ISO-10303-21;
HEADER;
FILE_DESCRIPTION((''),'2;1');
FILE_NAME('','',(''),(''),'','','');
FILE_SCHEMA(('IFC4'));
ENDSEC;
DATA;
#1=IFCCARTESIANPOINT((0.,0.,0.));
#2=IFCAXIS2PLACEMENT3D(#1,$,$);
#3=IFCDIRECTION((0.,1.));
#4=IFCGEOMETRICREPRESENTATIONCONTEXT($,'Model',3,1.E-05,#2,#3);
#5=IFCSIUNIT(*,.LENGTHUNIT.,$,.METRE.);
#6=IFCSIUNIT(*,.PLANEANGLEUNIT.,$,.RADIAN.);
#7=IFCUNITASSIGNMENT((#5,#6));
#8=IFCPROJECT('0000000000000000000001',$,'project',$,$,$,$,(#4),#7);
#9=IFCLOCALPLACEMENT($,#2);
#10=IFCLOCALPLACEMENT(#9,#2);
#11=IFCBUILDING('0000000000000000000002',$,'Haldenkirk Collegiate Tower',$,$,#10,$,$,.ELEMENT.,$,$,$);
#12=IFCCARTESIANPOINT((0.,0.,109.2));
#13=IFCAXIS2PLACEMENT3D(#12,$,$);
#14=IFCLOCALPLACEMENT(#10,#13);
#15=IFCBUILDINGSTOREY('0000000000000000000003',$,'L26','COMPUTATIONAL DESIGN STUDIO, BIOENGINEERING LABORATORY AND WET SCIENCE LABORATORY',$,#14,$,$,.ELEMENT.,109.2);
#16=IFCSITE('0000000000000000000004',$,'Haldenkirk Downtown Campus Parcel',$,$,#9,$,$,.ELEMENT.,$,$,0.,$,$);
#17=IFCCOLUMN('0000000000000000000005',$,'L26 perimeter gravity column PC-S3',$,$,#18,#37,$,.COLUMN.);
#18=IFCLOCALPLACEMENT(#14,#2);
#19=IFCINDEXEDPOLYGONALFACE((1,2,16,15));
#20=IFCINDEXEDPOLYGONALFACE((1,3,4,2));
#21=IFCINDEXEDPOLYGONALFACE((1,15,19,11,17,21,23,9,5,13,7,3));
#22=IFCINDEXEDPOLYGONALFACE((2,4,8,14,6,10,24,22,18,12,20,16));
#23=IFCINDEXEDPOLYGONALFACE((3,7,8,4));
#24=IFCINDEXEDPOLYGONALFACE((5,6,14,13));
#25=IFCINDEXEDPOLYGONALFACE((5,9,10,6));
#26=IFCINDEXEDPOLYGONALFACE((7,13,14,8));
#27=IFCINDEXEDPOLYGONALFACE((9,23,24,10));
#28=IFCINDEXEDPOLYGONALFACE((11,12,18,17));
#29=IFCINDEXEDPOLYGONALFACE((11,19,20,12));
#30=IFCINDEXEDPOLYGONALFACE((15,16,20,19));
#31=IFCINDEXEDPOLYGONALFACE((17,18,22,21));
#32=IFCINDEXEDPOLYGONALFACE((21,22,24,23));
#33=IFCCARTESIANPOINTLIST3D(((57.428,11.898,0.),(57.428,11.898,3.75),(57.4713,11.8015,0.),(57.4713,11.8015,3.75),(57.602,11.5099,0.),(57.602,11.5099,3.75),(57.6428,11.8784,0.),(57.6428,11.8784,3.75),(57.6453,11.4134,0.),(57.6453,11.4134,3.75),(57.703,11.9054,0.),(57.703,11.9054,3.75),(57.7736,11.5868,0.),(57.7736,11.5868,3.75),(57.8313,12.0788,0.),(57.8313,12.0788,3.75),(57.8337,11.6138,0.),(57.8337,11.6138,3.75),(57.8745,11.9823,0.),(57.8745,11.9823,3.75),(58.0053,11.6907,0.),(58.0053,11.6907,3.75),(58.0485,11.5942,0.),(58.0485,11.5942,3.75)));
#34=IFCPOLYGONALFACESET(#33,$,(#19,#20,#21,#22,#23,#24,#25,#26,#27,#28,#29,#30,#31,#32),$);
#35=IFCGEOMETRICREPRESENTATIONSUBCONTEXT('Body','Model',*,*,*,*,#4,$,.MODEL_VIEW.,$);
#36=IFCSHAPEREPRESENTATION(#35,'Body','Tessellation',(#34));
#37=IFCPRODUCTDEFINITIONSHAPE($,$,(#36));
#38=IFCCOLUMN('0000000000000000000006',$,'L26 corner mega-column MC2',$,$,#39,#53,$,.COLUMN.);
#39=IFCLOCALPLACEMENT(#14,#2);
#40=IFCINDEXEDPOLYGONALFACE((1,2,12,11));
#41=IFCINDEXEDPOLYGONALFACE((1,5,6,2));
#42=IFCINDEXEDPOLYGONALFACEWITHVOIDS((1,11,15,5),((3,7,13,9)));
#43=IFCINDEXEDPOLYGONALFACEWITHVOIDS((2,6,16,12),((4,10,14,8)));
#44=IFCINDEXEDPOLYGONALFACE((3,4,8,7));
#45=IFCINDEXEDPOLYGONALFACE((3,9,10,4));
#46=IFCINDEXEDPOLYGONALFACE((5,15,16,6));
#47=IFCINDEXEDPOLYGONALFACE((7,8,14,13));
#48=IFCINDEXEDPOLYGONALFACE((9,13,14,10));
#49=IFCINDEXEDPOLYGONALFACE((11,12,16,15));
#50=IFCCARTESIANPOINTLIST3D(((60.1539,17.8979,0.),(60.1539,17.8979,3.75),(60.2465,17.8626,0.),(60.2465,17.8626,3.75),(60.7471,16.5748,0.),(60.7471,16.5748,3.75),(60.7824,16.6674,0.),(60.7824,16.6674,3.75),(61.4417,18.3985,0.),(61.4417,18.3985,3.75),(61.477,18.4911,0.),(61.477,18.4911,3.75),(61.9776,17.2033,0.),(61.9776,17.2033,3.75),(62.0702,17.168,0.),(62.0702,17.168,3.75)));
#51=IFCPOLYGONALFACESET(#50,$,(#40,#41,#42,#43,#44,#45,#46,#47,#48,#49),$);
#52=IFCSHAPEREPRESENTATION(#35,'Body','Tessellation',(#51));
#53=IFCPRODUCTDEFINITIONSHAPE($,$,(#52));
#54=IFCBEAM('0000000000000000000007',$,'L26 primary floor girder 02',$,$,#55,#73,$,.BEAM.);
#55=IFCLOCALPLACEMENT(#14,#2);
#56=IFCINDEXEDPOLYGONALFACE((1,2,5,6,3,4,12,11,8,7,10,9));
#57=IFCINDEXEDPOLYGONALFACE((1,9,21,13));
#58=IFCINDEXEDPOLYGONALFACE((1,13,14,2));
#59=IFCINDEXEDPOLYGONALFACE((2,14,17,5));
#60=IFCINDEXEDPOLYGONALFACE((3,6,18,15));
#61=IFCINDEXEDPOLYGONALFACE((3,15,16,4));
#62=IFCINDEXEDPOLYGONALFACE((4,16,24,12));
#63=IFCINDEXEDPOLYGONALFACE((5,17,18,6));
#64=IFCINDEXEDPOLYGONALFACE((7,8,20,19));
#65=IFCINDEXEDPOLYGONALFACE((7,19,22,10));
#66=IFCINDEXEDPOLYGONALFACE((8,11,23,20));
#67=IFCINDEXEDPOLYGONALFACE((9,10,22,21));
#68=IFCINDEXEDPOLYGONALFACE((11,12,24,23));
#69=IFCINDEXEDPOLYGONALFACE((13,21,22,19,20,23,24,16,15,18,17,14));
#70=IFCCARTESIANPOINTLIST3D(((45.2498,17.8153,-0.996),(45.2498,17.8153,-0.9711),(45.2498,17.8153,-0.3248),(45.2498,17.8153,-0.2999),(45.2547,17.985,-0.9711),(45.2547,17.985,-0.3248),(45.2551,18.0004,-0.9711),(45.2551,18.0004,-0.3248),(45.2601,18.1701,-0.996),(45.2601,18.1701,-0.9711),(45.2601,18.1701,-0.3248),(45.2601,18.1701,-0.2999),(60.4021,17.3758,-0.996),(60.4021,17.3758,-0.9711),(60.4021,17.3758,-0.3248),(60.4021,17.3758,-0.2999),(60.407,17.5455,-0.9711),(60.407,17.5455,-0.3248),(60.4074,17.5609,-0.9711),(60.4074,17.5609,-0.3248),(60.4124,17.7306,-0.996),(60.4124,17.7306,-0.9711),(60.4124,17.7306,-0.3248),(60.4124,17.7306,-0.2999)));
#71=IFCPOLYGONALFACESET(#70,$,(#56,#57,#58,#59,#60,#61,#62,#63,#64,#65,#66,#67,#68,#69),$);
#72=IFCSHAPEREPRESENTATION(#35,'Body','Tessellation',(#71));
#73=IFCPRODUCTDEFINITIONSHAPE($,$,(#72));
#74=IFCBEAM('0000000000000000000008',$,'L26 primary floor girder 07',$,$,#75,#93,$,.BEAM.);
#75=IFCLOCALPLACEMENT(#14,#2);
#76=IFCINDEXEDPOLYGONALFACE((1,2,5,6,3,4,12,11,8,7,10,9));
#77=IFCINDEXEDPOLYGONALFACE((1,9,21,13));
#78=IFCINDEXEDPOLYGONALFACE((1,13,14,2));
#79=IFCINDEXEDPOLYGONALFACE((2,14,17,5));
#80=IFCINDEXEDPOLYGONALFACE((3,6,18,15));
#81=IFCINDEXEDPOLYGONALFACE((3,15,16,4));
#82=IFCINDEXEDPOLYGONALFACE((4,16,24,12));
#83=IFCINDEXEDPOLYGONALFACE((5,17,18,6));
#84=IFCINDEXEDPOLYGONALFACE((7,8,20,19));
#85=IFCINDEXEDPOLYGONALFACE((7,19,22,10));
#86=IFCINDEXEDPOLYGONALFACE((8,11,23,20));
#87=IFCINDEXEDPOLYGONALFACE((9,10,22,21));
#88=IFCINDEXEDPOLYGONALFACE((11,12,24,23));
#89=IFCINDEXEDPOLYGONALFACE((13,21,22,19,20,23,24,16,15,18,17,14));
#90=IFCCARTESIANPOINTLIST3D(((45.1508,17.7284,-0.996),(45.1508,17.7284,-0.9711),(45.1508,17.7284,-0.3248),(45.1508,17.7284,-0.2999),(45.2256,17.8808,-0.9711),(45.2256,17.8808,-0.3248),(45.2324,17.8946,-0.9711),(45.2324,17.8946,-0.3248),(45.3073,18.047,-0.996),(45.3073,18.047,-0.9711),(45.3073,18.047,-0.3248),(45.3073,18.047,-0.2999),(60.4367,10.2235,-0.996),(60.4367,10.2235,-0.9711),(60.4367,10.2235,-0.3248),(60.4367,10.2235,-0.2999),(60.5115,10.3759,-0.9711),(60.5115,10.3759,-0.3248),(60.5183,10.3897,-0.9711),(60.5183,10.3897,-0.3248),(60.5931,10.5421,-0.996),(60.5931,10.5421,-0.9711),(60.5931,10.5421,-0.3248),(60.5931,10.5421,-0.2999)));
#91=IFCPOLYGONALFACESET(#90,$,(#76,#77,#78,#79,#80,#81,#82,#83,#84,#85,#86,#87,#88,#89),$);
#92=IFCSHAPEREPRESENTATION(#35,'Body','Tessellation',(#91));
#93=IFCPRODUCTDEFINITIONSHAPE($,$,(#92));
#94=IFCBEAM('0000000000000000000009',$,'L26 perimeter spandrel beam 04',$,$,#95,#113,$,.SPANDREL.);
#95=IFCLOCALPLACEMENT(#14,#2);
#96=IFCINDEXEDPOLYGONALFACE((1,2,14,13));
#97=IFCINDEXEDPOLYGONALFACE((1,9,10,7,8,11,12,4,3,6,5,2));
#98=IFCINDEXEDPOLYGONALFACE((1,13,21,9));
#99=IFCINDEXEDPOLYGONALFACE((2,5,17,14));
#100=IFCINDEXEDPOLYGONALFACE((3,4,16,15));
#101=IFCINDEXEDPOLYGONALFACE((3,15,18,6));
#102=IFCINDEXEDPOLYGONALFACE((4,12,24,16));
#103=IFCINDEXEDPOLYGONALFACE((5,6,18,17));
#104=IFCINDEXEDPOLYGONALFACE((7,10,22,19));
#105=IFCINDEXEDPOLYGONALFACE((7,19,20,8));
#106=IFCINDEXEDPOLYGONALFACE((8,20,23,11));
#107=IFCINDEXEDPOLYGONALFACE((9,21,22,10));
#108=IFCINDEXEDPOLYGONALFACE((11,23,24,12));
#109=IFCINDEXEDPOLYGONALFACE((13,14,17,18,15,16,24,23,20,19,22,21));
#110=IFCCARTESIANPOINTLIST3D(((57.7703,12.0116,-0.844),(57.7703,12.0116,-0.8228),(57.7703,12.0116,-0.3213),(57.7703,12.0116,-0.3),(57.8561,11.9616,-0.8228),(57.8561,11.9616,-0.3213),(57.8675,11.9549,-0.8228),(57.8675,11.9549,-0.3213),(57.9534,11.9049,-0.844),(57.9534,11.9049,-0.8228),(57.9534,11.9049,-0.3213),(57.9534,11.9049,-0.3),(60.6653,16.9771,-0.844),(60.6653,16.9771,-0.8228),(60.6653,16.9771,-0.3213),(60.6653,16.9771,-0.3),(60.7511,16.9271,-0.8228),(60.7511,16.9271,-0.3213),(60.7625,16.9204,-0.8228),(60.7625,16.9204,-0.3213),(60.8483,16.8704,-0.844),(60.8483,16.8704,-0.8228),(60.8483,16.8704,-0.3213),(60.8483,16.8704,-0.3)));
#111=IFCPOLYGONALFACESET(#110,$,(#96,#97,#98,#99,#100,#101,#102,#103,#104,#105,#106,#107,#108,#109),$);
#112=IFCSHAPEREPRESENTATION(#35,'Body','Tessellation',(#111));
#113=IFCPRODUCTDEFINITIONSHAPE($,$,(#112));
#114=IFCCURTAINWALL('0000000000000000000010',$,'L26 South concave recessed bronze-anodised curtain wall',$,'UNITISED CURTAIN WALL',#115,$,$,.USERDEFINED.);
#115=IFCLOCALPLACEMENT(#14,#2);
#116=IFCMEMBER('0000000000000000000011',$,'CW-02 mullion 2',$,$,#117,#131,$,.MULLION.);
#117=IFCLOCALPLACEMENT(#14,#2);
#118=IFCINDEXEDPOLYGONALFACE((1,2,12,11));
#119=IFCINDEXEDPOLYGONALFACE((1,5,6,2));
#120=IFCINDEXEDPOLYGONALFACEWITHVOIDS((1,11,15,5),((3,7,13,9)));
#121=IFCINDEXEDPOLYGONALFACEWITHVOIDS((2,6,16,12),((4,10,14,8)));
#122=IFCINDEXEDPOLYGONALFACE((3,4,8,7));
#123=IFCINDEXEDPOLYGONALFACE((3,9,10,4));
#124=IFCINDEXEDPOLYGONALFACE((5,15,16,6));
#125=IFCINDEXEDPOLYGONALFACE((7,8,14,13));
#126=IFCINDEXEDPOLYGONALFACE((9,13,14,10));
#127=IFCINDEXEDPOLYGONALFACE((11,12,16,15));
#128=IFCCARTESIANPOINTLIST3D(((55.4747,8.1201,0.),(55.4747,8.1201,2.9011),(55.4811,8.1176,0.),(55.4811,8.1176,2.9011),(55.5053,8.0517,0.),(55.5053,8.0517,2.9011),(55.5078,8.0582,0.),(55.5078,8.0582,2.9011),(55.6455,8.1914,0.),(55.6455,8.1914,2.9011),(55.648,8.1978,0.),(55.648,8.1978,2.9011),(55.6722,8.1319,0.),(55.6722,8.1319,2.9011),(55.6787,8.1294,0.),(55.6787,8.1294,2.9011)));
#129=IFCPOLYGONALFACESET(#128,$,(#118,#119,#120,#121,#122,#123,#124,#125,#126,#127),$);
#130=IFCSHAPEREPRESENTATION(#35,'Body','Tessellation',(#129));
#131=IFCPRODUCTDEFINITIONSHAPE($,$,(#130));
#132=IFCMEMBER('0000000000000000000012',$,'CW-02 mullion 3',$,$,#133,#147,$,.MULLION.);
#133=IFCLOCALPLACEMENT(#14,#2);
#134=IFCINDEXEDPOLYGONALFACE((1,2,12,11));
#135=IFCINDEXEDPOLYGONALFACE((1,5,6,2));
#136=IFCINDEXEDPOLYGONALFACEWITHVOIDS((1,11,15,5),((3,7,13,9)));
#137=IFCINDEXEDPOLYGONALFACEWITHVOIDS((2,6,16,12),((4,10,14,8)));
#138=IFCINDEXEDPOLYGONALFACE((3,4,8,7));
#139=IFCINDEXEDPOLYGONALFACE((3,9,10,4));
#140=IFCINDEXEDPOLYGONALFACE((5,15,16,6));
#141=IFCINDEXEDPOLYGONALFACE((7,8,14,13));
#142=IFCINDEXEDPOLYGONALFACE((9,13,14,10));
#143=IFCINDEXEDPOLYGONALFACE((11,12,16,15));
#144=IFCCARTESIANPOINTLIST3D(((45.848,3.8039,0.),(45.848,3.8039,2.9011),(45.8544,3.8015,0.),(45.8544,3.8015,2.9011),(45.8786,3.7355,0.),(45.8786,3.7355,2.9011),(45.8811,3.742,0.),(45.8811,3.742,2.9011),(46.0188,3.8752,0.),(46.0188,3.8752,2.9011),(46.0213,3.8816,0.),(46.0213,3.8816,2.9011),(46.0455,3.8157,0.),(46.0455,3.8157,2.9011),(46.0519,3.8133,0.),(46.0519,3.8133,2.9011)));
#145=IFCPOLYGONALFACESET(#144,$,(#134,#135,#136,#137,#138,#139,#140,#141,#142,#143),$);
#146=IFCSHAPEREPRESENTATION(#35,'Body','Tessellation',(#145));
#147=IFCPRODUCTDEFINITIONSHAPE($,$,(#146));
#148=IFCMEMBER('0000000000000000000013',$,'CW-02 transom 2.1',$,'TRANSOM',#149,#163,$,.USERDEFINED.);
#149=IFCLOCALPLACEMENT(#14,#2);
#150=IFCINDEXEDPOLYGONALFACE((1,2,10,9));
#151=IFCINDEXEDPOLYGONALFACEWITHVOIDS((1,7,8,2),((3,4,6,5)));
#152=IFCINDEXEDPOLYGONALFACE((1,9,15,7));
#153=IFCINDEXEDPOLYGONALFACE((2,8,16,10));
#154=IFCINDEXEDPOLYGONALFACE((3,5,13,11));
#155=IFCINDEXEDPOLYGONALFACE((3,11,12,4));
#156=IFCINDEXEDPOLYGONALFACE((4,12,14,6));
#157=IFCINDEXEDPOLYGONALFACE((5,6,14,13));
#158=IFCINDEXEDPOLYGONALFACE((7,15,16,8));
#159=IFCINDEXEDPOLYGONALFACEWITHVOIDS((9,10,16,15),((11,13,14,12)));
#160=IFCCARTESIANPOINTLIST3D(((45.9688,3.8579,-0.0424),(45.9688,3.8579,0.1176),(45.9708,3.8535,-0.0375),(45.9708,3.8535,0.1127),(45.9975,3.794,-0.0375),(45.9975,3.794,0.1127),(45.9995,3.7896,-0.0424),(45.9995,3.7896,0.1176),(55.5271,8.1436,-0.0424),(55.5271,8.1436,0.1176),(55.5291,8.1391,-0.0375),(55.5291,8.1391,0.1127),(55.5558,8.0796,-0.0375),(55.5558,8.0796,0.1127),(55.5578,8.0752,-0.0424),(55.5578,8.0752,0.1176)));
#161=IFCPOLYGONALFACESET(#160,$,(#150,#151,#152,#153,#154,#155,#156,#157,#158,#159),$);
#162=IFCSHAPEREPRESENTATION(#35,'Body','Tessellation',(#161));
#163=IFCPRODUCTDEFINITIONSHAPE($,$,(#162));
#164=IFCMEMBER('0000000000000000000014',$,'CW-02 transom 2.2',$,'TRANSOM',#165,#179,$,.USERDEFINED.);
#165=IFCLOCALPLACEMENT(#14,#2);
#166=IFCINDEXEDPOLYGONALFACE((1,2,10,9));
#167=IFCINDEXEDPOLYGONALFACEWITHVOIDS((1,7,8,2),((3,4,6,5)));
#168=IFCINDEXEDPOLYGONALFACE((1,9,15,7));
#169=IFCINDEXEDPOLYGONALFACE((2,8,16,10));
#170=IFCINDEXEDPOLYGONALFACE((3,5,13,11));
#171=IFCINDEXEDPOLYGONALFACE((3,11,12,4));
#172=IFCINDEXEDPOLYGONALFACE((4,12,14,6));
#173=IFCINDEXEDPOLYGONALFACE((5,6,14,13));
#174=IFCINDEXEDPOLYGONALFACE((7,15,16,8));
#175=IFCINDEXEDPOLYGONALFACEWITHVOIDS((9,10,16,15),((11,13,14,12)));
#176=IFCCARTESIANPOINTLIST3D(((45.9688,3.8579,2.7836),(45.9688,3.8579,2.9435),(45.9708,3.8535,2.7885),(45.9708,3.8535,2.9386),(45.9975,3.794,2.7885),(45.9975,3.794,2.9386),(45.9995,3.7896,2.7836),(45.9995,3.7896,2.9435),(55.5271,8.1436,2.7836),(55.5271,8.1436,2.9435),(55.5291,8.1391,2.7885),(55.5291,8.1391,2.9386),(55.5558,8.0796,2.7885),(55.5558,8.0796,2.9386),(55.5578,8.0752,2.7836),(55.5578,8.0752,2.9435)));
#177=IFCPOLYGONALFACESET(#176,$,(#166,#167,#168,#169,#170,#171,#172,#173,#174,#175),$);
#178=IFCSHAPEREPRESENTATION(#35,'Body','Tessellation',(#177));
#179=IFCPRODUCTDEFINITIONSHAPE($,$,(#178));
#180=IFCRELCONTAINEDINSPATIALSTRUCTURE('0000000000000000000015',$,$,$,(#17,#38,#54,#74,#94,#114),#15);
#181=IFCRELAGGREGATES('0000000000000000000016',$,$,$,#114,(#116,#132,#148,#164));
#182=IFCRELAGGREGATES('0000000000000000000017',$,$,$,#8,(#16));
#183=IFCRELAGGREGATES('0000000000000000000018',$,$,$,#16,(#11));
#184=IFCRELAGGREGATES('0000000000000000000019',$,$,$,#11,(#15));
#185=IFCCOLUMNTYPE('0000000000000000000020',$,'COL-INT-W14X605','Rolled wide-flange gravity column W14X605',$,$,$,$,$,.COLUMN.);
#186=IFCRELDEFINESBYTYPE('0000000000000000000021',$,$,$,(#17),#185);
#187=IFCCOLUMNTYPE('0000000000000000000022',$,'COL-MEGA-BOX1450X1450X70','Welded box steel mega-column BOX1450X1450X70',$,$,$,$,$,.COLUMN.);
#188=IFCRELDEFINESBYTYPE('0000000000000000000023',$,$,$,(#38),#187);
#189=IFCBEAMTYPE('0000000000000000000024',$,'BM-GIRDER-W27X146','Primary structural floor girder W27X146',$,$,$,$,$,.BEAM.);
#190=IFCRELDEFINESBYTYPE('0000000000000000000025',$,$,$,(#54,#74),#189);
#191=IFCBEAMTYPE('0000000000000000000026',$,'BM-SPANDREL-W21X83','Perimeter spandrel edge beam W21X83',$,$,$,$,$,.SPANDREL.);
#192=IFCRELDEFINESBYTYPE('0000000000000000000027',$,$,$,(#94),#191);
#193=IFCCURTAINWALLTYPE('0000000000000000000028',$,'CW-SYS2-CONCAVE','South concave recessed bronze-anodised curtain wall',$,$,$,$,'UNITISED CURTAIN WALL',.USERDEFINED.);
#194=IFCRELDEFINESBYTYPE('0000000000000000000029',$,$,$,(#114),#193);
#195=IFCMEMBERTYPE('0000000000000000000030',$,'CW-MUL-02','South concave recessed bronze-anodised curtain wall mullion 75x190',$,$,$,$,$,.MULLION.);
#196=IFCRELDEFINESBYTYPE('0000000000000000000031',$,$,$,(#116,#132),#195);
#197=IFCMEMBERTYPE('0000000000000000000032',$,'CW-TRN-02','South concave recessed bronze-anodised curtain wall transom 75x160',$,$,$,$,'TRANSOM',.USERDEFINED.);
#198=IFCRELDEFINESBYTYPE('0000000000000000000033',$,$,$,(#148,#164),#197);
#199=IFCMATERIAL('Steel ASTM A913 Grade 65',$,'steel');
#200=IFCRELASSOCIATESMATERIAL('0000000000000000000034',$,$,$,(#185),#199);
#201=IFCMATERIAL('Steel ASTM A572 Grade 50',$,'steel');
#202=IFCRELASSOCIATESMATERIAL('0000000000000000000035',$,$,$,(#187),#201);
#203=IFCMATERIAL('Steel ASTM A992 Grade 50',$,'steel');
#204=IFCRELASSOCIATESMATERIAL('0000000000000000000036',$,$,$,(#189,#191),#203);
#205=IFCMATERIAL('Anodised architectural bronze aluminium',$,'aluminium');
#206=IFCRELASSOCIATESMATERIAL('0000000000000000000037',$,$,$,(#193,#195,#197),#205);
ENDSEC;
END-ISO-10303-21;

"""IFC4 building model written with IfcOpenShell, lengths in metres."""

from ifc_helpers import new_model, si_unit, direction, frame, origin, origin_2d, place, context, subcontext, project, spatial, hollow_rectangle, i_section, extrude, material, material_profile, profile_set, type_object, element, aggregate, save


model = new_model("IFC4")

# Units and contexts
model_context = context("Model", 3, precision=1e-05, world=origin(), true_north=direction((0.0, 1.0)))
body_context = subcontext(model_context, "Body", "Model", "MODEL_VIEW")
ifc_project = project(units=[si_unit("LENGTHUNIT", "METRE"), si_unit("PLANEANGLEUNIT", "RADIAN")], contexts=[model_context])

# Site, building, storey
site_placement = place(None, origin())
site = spatial("IfcSite", under=ifc_project, at=site_placement, Name="Haldenkirk Downtown Campus Parcel", CompositionType="ELEMENT", RefElevation=0.0)
building_placement = place(site_placement, origin())
building = spatial("IfcBuilding", under=site, at=building_placement, Name="Haldenkirk Collegiate Tower", CompositionType="ELEMENT")
storey_placement = place(building_placement, frame((0.0, 0.0, 109.2)))
storey = spatial("IfcBuildingStorey", under=building, at=storey_placement, Name="L26", Description="COMPUTATIONAL DESIGN STUDIO, BIOENGINEERING LABORATORY AND WET SCIENCE LABORATORY", CompositionType="ELEMENT", Elevation=109.2)

# Columns
ifc_material_1 = material(Name="Steel ASTM A913 Grade 65", Category="steel")
ifc_material_profile_1 = material_profile(ifc_material_1, i_section(OverallWidth=0.4419, OverallDepth=0.531, WebThickness=0.0659, FlangeThickness=0.1057, at=origin_2d()), Name="W14X605")
ifc_profile_set_1 = profile_set([ifc_material_profile_1], Name="Steel ASTM A913 Grade 65")
column_type_1 = type_object("IfcColumnType", Name="COL-INT-W14X605", Description="Rolled wide-flange gravity column W14X605", PredefinedType="COLUMN", material=ifc_profile_set_1)
column_1_placement = place(storey_placement, frame((57.7383, 11.7461, 0.0), z_axis=(0.0, 0.0, 1.0), x_axis=(0.912477, 0.409127, 0.0)))
element("IfcColumn", 1, at=column_1_placement, inside=storey, type_object=column_type_1, Name="L26 perimeter gravity column PC-S3", PredefinedType="COLUMN", context=body_context, shape_type="SweptSolid", body=[
    extrude(i_section(OverallWidth=0.4419, OverallDepth=0.531, WebThickness=0.0659, FlangeThickness=0.1057, at=origin_2d()), origin(), (0.0, 0.0, 1.0), 3.75),
])
ifc_material_2 = material(Name="Steel ASTM A572 Grade 50", Category="steel")
ifc_material_profile_2 = material_profile(ifc_material_2, hollow_rectangle(XDim=1.45, YDim=1.45, WallThickness=0.0701, at=origin_2d()), Name="BOX1450X1450X70")
ifc_profile_set_2 = profile_set([ifc_material_profile_2], Name="Steel ASTM A572 Grade 50")
column_type_2 = type_object("IfcColumnType", Name="COL-MEGA-BOX1450X1450X70", Description="Welded box steel mega-column BOX1450X1450X70", PredefinedType="COLUMN", material=ifc_profile_set_2)
column_2_placement = place(storey_placement, frame((61.1121, 17.533, 0.0), z_axis=(0.0, 0.0, 1.0), x_axis=(0.912477, 0.409127, 0.0)))
element("IfcColumn", 2, at=column_2_placement, inside=storey, type_object=column_type_2, Name="L26 corner mega-column MC2", PredefinedType="COLUMN", context=body_context, shape_type="SweptSolid", body=[
    extrude(hollow_rectangle(XDim=1.45, YDim=1.45, WallThickness=0.0701, at=origin_2d()), origin(), (0.0, 0.0, 1.0), 3.75),
])

# Beams
ifc_material_3 = material(Name="Steel ASTM A992 Grade 50", Category="steel")
ifc_material_profile_3 = material_profile(ifc_material_3, i_section(OverallWidth=0.355, OverallDepth=0.696, WebThickness=0.0154, FlangeThickness=0.0249, at=origin_2d()), Name="W27X146")
ifc_profile_set_3 = profile_set([ifc_material_profile_3], Name="Steel ASTM A992 Grade 50")
beam_type_1 = type_object("IfcBeamType", Name="BM-GIRDER-W27X146", Description="Primary structural floor girder W27X146", PredefinedType="BEAM", material=ifc_profile_set_3)
beam_1_placement = place(storey_placement, frame((60.4072, 17.5532, -0.6479), z_axis=(-0.99958, 0.02899, 0.0), x_axis=(-0.02899, -0.99958, 0.0)))
element("IfcBeam", 3, at=beam_1_placement, inside=storey, type_object=beam_type_1, Name="L26 primary floor girder 02", PredefinedType="BEAM", context=body_context, shape_type="SweptSolid", body=[
    extrude(i_section(OverallWidth=0.355, OverallDepth=0.696, WebThickness=0.0154, FlangeThickness=0.0249, at=origin_2d()), origin(), (0.0, 0.0, 1.0), 15.1587),
])
beam_2_placement = place(storey_placement, frame((60.5149, 10.3828, -0.6479), z_axis=(-0.897647, 0.440716, 0.0), x_axis=(-0.440716, -0.897647, 0.0)))
element("IfcBeam", 4, at=beam_2_placement, inside=storey, type_object=beam_type_1, Name="L26 primary floor girder 07", PredefinedType="BEAM", context=body_context, shape_type="SweptSolid", body=[
    extrude(i_section(OverallWidth=0.355, OverallDepth=0.696, WebThickness=0.0154, FlangeThickness=0.0249, at=origin_2d()), origin(), (0.0, 0.0, 1.0), 17.0288),
])
ifc_material_profile_4 = material_profile(ifc_material_3, i_section(OverallWidth=0.2119, OverallDepth=0.5439, WebThickness=0.0132, FlangeThickness=0.0212, at=origin_2d()), Name="W21X83")
ifc_profile_set_4 = profile_set([ifc_material_profile_4], Name="Steel ASTM A992 Grade 50")
beam_type_2 = type_object("IfcBeamType", Name="BM-SPANDREL-W21X83", Description="Perimeter spandrel edge beam W21X83", PredefinedType="SPANDREL", material=ifc_profile_set_4)
beam_3_placement = place(storey_placement, frame((57.8618, 11.9583, -0.572), z_axis=(0.503668, 0.863897, 0.0), x_axis=(-0.863897, 0.503668, 0.0)))
element("IfcBeam", 5, at=beam_3_placement, inside=storey, type_object=beam_type_2, Name="L26 perimeter spandrel beam 04", PredefinedType="SPANDREL", context=body_context, shape_type="SweptSolid", body=[
    extrude(i_section(OverallWidth=0.2119, OverallDepth=0.5439, WebThickness=0.0132, FlangeThickness=0.0212, at=origin_2d()), origin(), (0.0, 0.0, 1.0), 5.7478),
])

# Curtain wall, members
ifc_material_4 = material(Name="Anodised architectural bronze aluminium", Category="aluminium")
curtain_wall_type = type_object("IfcCurtainWallType", Name="CW-SYS2-CONCAVE", Description="South concave recessed bronze-anodised curtain wall", ElementType="UNITISED CURTAIN WALL", PredefinedType="USERDEFINED", material=ifc_material_4)
curtain_wall_placement = place(storey_placement, origin())
curtain_wall = element("IfcCurtainWall", 6, at=curtain_wall_placement, inside=storey, type_object=curtain_wall_type, Name="L26 South concave recessed bronze-anodised curtain wall", ObjectType="UNITISED CURTAIN WALL", PredefinedType="USERDEFINED")
ifc_material_profile_5 = material_profile(ifc_material_4, hollow_rectangle(XDim=0.075, YDim=0.1899, WallThickness=0.0049, at=origin_2d()), Name="CW-MUL-02")
ifc_profile_set_5 = profile_set([ifc_material_profile_5], Name="Anodised architectural bronze aluminium")
member_type_1 = type_object("IfcMemberType", Name="CW-MUL-02", Description="South concave recessed bronze-anodised curtain wall mullion 75x190", PredefinedType="MULLION", material=ifc_profile_set_5)
member_1_placement = place(storey_placement, frame((55.5767, 8.1248, 0.0), z_axis=(0.0, 0.0, 1.0), x_axis=(0.409127, -0.912477, 0.0)))
member_1 = element("IfcMember", 7, at=member_1_placement, type_object=member_type_1, Name="CW-02 mullion 2", PredefinedType="MULLION", context=body_context, shape_type="SweptSolid", body=[
    extrude(hollow_rectangle(XDim=0.075, YDim=0.1899, WallThickness=0.0049, at=origin_2d()), origin(), (0.0, 0.0, 1.0), 2.9011),
])
member_2_placement = place(storey_placement, frame((45.95, 3.8086, 0.0), z_axis=(0.0, 0.0, 1.0), x_axis=(0.409127, -0.912477, 0.0)))
member_2 = element("IfcMember", 8, at=member_2_placement, type_object=member_type_1, Name="CW-02 mullion 3", PredefinedType="MULLION", context=body_context, shape_type="SweptSolid", body=[
    extrude(hollow_rectangle(XDim=0.075, YDim=0.1899, WallThickness=0.0049, at=origin_2d()), origin(), (0.0, 0.0, 1.0), 2.9011),
])
ifc_material_profile_6 = material_profile(ifc_material_4, hollow_rectangle(XDim=0.075, YDim=0.1599, WallThickness=0.0049, at=origin_2d()), Name="CW-TRN-02")
ifc_profile_set_6 = profile_set([ifc_material_profile_6], Name="Anodised architectural bronze aluminium")
member_type_2 = type_object("IfcMemberType", Name="CW-TRN-02", Description="South concave recessed bronze-anodised curtain wall transom 75x160", ElementType="TRANSOM", PredefinedType="USERDEFINED", material=ifc_profile_set_6)
member_3_placement = place(storey_placement, frame((55.5425, 8.1094, 0.0376), z_axis=(-0.912478, -0.409125, 0.0), x_axis=(0.409125, -0.912478, 0.0)))
member_3 = element("IfcMember", 9, at=member_3_placement, type_object=member_type_2, Name="CW-02 transom 2.1", ObjectType="TRANSOM", PredefinedType="USERDEFINED", context=body_context, shape_type="SweptSolid", body=[
    extrude(hollow_rectangle(XDim=0.075, YDim=0.1599, WallThickness=0.0049, at=origin_2d()), origin(), (0.0, 0.0, 1.0), 10.4751),
])
member_4_placement = place(storey_placement, frame((55.5425, 8.1094, 2.8635), z_axis=(-0.912478, -0.409125, 0.0), x_axis=(0.409125, -0.912478, 0.0)))
member_4 = element("IfcMember", 10, at=member_4_placement, type_object=member_type_2, Name="CW-02 transom 2.2", ObjectType="TRANSOM", PredefinedType="USERDEFINED", context=body_context, shape_type="SweptSolid", body=[
    extrude(hollow_rectangle(XDim=0.075, YDim=0.1599, WallThickness=0.0049, at=origin_2d()), origin(), (0.0, 0.0, 1.0), 10.4751),
])

aggregate(curtain_wall, [member_1, member_2, member_3, member_4])

save(model, "model.ifc")
